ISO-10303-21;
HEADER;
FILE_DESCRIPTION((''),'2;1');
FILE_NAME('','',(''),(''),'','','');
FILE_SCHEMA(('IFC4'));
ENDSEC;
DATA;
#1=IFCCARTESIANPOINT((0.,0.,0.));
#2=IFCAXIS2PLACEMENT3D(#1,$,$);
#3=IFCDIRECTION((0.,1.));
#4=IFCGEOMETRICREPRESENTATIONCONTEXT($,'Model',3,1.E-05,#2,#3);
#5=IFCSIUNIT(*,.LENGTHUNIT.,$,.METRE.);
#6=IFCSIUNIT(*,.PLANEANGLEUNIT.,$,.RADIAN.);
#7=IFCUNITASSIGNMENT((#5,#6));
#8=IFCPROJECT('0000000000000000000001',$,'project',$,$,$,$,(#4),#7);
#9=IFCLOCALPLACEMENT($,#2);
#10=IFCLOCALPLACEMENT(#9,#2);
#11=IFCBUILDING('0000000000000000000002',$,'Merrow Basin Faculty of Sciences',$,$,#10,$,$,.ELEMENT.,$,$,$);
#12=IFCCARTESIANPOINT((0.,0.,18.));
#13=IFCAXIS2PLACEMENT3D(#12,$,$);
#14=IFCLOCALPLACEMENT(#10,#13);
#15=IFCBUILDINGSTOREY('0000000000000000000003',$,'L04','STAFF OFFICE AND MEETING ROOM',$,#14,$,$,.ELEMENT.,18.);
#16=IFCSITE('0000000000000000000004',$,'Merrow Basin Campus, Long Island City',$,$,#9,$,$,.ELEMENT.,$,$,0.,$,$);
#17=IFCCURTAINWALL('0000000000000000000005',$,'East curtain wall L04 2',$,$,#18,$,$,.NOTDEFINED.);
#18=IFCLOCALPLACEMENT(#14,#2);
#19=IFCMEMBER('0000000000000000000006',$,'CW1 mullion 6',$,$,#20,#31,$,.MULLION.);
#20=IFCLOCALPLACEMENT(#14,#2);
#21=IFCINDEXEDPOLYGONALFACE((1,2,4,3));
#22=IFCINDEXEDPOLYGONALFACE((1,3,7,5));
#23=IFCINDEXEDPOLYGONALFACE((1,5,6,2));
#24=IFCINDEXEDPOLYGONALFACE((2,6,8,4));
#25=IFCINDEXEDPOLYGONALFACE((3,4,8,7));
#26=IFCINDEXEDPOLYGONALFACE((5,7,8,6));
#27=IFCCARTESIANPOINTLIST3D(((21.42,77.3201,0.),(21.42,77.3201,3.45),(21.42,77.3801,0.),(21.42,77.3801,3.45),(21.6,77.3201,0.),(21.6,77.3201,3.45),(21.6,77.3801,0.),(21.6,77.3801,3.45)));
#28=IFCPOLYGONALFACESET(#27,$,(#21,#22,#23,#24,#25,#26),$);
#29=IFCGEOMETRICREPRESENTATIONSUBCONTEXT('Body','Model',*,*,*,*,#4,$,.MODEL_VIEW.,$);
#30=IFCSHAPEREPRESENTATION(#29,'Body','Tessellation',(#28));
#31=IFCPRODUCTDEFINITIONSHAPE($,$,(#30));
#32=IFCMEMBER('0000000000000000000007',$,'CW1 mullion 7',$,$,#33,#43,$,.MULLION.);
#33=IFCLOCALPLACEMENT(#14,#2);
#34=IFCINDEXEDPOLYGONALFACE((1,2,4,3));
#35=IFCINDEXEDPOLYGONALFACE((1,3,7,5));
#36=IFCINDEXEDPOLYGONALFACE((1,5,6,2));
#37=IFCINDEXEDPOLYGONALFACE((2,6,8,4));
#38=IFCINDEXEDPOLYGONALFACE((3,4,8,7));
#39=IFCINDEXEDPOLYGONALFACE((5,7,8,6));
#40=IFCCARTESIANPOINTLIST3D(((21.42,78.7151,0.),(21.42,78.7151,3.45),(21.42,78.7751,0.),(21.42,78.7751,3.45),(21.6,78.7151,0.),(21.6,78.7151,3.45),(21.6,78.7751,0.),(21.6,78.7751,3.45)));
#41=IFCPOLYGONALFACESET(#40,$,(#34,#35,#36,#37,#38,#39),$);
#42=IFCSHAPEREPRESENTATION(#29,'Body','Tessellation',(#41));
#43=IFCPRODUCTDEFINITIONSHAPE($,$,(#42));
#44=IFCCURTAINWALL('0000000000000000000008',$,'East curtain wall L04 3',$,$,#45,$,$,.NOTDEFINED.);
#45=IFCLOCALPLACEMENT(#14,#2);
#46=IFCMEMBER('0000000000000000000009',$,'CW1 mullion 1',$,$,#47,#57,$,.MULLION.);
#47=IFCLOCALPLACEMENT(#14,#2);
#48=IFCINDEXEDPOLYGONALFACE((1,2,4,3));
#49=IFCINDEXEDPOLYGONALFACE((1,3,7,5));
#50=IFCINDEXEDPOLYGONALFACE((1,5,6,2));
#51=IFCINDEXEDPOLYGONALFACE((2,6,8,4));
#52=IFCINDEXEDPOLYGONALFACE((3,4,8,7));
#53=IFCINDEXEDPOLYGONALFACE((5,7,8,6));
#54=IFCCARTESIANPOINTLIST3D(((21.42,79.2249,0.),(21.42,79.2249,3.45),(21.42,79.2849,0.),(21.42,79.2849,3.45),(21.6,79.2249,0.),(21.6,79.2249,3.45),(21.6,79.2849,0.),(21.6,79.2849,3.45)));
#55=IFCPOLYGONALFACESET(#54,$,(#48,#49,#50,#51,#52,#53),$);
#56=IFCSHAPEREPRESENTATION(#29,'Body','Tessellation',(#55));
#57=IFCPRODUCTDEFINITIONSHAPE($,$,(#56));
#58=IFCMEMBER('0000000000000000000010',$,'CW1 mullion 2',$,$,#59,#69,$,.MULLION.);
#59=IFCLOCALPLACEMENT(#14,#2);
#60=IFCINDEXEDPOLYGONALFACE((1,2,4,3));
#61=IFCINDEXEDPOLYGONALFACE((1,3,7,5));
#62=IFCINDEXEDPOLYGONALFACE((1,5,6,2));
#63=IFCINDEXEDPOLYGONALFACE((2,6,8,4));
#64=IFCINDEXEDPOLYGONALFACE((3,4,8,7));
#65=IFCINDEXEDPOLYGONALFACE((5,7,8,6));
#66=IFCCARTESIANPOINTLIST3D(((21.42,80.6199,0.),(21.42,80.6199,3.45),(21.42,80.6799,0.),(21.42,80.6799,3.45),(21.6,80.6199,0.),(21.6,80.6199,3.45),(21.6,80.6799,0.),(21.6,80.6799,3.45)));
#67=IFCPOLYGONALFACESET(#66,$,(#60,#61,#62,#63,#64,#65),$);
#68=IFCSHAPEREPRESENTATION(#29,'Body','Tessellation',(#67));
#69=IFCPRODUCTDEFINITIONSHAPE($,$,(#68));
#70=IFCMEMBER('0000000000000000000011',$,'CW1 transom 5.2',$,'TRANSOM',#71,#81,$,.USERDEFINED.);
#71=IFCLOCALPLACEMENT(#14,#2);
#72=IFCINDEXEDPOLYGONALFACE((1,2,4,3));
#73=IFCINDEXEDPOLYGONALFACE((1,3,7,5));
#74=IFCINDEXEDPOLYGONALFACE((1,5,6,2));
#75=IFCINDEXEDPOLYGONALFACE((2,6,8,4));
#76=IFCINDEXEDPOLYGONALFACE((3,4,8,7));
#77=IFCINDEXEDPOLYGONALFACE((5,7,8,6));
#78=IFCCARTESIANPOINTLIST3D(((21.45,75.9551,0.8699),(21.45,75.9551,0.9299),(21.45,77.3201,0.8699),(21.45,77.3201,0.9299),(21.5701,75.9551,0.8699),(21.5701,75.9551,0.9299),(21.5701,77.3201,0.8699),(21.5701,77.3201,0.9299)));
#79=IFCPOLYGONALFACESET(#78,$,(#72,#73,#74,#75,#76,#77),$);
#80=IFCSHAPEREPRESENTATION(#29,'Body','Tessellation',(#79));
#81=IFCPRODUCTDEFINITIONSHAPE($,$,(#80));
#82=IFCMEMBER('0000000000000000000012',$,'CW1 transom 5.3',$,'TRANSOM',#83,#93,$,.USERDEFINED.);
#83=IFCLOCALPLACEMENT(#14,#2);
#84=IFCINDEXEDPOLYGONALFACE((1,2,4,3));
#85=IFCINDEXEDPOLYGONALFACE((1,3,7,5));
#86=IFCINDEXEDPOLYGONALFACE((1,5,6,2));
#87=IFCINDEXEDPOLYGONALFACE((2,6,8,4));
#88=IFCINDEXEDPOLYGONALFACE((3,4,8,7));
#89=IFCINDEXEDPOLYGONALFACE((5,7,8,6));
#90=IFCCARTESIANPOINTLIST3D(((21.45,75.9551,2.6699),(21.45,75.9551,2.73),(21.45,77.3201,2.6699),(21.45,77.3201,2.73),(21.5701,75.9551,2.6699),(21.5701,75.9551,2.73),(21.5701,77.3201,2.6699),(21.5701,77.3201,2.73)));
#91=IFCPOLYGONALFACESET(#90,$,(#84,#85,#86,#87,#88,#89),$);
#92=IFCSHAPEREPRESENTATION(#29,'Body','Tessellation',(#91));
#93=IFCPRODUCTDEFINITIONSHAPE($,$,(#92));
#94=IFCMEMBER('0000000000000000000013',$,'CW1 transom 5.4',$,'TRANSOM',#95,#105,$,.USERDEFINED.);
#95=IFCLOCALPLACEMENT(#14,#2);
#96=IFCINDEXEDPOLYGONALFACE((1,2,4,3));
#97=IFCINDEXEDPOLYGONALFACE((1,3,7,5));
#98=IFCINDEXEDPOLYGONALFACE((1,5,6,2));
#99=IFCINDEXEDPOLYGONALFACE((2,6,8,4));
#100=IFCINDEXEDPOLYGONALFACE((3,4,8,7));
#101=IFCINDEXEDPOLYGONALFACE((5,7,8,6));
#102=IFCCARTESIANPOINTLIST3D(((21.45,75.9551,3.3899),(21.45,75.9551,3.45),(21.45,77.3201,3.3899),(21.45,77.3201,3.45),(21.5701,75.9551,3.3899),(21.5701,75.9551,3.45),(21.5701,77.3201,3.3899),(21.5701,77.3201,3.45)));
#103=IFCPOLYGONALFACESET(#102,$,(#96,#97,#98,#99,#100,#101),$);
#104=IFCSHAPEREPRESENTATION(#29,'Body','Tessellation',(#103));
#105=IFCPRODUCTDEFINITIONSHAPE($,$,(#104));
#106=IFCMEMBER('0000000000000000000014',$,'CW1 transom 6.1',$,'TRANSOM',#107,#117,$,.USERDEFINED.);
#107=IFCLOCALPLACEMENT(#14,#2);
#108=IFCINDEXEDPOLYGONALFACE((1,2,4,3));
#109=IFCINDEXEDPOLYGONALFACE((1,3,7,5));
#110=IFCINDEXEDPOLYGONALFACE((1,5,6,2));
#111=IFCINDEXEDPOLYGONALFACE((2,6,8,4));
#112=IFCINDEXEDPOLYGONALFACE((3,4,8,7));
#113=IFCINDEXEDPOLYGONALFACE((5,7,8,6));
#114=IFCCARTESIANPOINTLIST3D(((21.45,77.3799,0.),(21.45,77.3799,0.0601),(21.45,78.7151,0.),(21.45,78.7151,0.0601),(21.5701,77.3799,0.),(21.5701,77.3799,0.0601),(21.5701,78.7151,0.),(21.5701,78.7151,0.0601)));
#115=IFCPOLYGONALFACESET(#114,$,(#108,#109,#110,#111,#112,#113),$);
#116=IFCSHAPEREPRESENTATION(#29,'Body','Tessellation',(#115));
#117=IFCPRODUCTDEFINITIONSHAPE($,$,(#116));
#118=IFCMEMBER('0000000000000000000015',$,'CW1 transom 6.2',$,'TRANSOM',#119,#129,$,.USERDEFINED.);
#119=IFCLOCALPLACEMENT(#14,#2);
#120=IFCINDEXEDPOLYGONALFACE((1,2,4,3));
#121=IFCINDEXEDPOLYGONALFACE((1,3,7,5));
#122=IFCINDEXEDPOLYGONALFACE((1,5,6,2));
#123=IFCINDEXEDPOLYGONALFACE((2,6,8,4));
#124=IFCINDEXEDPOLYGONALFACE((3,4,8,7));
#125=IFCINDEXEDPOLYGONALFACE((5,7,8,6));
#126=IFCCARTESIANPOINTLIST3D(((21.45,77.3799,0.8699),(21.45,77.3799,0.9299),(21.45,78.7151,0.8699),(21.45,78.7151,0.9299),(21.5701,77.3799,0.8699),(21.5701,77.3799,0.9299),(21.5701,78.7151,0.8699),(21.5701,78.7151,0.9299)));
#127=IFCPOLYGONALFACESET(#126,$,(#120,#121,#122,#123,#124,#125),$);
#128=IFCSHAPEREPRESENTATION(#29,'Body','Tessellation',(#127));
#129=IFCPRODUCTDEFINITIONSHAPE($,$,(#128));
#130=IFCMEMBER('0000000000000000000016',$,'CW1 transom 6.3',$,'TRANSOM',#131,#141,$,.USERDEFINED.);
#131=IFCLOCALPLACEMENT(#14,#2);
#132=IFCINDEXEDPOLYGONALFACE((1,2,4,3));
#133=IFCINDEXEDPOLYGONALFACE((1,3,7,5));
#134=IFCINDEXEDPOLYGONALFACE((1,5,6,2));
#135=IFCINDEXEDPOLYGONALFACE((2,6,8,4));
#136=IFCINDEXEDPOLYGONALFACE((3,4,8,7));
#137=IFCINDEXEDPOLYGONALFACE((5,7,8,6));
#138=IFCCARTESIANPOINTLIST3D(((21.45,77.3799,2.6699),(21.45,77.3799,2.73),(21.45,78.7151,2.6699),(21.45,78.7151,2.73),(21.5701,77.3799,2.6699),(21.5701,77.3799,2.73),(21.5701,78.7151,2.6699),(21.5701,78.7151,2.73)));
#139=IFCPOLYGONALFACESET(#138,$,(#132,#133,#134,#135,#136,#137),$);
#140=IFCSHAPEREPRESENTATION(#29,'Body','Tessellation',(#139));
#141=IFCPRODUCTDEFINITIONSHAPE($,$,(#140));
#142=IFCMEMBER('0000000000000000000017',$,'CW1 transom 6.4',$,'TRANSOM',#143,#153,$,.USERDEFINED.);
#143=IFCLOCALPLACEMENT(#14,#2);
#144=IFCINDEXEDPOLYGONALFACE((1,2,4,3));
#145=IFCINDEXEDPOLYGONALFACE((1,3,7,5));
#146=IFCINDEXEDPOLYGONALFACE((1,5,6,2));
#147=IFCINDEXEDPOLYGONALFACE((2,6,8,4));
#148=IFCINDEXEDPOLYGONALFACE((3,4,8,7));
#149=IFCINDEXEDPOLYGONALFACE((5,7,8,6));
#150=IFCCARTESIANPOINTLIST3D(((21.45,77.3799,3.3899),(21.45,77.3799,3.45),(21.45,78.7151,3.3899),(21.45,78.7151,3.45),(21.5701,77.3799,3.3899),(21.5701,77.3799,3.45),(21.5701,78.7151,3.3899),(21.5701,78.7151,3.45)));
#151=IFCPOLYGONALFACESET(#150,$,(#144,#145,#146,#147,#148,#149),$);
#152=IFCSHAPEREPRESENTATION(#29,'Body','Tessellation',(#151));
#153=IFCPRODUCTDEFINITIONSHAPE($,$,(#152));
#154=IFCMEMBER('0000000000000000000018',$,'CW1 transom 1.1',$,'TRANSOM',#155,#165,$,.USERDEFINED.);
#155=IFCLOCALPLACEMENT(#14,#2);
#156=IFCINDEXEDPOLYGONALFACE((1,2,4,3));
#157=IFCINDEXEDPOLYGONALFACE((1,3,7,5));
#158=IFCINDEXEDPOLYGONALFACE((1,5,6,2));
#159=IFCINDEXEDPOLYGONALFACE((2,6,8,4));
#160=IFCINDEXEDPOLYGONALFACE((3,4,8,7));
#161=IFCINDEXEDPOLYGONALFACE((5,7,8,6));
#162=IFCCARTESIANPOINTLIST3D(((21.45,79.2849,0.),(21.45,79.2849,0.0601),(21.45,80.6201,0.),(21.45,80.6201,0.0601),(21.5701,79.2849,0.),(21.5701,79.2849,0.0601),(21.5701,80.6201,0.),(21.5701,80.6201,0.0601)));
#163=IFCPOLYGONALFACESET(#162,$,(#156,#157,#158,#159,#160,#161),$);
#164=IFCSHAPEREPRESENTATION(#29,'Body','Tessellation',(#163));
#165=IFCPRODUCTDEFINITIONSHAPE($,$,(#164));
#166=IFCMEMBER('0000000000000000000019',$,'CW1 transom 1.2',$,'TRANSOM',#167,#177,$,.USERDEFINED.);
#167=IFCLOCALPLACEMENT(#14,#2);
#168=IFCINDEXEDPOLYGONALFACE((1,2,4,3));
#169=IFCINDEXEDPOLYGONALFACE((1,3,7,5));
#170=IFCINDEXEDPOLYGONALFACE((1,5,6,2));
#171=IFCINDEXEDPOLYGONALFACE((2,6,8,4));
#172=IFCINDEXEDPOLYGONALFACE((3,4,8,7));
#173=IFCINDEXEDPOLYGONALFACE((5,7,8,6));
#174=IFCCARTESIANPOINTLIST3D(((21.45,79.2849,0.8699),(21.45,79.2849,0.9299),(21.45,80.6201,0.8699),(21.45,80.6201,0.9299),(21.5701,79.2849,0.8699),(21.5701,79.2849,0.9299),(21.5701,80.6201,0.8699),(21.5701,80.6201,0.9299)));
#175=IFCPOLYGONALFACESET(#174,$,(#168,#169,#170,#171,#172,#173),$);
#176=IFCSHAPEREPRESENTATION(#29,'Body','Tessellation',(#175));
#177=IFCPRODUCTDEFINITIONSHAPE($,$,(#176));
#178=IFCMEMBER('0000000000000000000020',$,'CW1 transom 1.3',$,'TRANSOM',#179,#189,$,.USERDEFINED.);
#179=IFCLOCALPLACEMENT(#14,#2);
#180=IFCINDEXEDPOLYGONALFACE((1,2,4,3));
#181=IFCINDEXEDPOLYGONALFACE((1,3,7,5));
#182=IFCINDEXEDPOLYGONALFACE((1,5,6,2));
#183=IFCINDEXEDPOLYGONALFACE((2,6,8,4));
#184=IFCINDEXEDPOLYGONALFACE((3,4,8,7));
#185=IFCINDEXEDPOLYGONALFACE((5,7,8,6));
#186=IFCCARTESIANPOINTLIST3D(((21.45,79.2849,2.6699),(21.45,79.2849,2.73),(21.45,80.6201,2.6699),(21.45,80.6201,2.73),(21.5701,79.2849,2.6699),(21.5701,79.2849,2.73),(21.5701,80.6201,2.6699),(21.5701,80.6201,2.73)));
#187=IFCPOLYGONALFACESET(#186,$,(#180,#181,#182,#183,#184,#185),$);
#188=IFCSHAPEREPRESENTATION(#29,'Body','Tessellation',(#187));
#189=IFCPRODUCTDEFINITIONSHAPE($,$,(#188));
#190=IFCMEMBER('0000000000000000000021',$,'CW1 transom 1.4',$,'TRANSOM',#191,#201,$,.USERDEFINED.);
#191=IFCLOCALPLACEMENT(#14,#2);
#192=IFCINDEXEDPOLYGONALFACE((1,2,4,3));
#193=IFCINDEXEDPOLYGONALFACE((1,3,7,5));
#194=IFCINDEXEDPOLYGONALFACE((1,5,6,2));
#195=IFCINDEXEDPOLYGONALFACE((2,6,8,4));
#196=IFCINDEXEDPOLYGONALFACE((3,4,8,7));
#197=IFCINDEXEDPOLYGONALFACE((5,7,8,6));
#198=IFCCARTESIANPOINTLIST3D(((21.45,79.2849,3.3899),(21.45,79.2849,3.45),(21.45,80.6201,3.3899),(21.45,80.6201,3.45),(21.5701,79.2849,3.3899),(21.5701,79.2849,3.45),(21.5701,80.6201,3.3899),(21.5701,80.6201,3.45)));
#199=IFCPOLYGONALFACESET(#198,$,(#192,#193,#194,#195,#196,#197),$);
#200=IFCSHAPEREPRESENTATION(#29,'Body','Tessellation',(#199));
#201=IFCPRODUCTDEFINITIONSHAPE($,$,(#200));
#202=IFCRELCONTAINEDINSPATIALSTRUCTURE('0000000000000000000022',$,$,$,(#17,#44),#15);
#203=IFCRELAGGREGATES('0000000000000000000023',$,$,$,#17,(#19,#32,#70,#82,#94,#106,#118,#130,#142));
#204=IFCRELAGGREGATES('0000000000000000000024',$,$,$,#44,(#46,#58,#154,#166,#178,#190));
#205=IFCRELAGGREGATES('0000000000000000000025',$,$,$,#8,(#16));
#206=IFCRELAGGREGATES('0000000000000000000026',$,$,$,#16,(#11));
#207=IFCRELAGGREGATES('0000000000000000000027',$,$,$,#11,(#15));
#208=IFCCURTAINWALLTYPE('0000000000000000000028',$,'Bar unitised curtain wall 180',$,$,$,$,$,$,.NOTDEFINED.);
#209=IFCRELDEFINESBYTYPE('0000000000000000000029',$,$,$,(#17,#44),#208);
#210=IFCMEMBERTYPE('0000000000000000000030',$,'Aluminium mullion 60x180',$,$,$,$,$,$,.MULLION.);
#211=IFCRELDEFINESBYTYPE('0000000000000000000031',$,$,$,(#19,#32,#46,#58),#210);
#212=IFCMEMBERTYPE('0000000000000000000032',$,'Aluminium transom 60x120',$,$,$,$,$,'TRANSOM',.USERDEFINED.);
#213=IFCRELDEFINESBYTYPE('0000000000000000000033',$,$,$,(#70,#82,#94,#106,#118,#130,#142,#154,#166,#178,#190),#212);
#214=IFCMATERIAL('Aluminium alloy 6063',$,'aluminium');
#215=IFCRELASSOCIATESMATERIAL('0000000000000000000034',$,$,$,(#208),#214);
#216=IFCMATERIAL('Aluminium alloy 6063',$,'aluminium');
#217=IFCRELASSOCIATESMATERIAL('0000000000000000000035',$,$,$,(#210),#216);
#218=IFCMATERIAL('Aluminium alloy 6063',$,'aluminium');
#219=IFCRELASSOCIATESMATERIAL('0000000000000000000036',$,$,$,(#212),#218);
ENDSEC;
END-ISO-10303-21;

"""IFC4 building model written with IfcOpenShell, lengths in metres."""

from ifc_helpers import new_model, si_unit, direction, frame, origin, origin_2d, place, context, subcontext, project, spatial, rectangle, extrude, material, material_profile, profile_set, type_object, element, aggregate, save


model = new_model("IFC4")

# Units and contexts
model_context = context("Model", 3, precision=1e-05, world=origin(), true_north=direction((0.0, 1.0)))
body_context = subcontext(model_context, "Body", "Model", "MODEL_VIEW")
ifc_project = project(units=[si_unit("LENGTHUNIT", "METRE"), si_unit("PLANEANGLEUNIT", "RADIAN")], contexts=[model_context])

# Site, building, storey
site_placement = place(None, origin())
site = spatial("IfcSite", under=ifc_project, at=site_placement, Name="Merrow Basin Campus, Long Island City", CompositionType="ELEMENT", RefElevation=0.0)
building_placement = place(site_placement, origin())
building = spatial("IfcBuilding", under=site, at=building_placement, Name="Merrow Basin Faculty of Sciences", CompositionType="ELEMENT")
storey_placement = place(building_placement, frame((0.0, 0.0, 18.0)))
storey = spatial("IfcBuildingStorey", under=building, at=storey_placement, Name="L04", Description="STAFF OFFICE AND MEETING ROOM", CompositionType="ELEMENT", Elevation=18.0)

# Curtain walls, members
ifc_material_1 = material(Name="Aluminium alloy 6063", Category="aluminium")
curtain_wall_type = type_object("IfcCurtainWallType", Name="Bar unitised curtain wall 180", PredefinedType="NOTDEFINED", material=ifc_material_1)
curtain_wall_1_placement = place(storey_placement, origin())
curtain_wall_1 = element("IfcCurtainWall", 1, at=curtain_wall_1_placement, inside=storey, type_object=curtain_wall_type, Name="East curtain wall L04 2", PredefinedType="NOTDEFINED")
ifc_material_2 = material(Name="Aluminium alloy 6063", Category="aluminium")
ifc_material_profile_1 = material_profile(ifc_material_2, rectangle(XDim=0.1799, YDim=0.0601, at=origin_2d()))
ifc_profile_set_1 = profile_set([ifc_material_profile_1], Name="Aluminium alloy 6063")
member_type_1 = type_object("IfcMemberType", Name="Aluminium mullion 60x180", PredefinedType="MULLION", material=ifc_profile_set_1)
member_1_placement = place(storey_placement, frame((21.51, 77.3501, 0.0), z_axis=(0.0, 0.0, 1.0), x_axis=(-1.0, 0.0, 0.0)))
member_1 = element("IfcMember", 2, at=member_1_placement, type_object=member_type_1, Name="CW1 mullion 6", PredefinedType="MULLION", context=body_context, shape_type="SweptSolid", body=[
    extrude(rectangle(XDim=0.1799, YDim=0.0601, at=origin_2d()), origin(), (0.0, 0.0, 1.0), 3.45),
])
member_2_placement = place(storey_placement, frame((21.51, 78.7451, 0.0), z_axis=(0.0, 0.0, 1.0), x_axis=(-1.0, 0.0, 0.0)))
member_2 = element("IfcMember", 3, at=member_2_placement, type_object=member_type_1, Name="CW1 mullion 7", PredefinedType="MULLION", context=body_context, shape_type="SweptSolid", body=[
    extrude(rectangle(XDim=0.1799, YDim=0.0601, at=origin_2d()), origin(), (0.0, 0.0, 1.0), 3.45),
])
curtain_wall_2_placement = place(storey_placement, origin())
curtain_wall_2 = element("IfcCurtainWall", 4, at=curtain_wall_2_placement, inside=storey, type_object=curtain_wall_type, Name="East curtain wall L04 3", PredefinedType="NOTDEFINED")
member_3_placement = place(storey_placement, frame((21.51, 79.2549, 0.0), z_axis=(0.0, 0.0, 1.0), x_axis=(-1.0, 0.0, 0.0)))
member_3 = element("IfcMember", 5, at=member_3_placement, type_object=member_type_1, Name="CW1 mullion 1", PredefinedType="MULLION", context=body_context, shape_type="SweptSolid", body=[
    extrude(rectangle(XDim=0.1799, YDim=0.0601, at=origin_2d()), origin(), (0.0, 0.0, 1.0), 3.45),
])
member_4_placement = place(storey_placement, frame((21.51, 80.6499, 0.0), z_axis=(0.0, 0.0, 1.0), x_axis=(-1.0, 0.0, 0.0)))
member_4 = element("IfcMember", 6, at=member_4_placement, type_object=member_type_1, Name="CW1 mullion 2", PredefinedType="MULLION", context=body_context, shape_type="SweptSolid", body=[
    extrude(rectangle(XDim=0.1799, YDim=0.0601, at=origin_2d()), origin(), (0.0, 0.0, 1.0), 3.45),
])

# Members
ifc_material_3 = material(Name="Aluminium alloy 6063", Category="aluminium")
ifc_material_profile_2 = material_profile(ifc_material_3, rectangle(XDim=0.1201, YDim=0.0601, at=origin_2d()))
ifc_profile_set_2 = profile_set([ifc_material_profile_2], Name="Aluminium alloy 6063")
member_type_2 = type_object("IfcMemberType", Name="Aluminium transom 60x120", ElementType="TRANSOM", PredefinedType="USERDEFINED", material=ifc_profile_set_2)
member_5_placement = place(storey_placement, frame((21.51, 75.9551, 0.8999), z_axis=(0.0, 1.0, 0.0), x_axis=(-1.0, 0.0, 0.0)))
member_5 = element("IfcMember", 7, at=member_5_placement, type_object=member_type_2, Name="CW1 transom 5.2", ObjectType="TRANSOM", PredefinedType="USERDEFINED", context=body_context, shape_type="SweptSolid", body=[
    extrude(rectangle(XDim=0.1201, YDim=0.0601, at=origin_2d()), origin(), (0.0, 0.0, 1.0), 1.365),
])
member_6_placement = place(storey_placement, frame((21.51, 75.9551, 2.7), z_axis=(0.0, 1.0, 0.0), x_axis=(-1.0, 0.0, 0.0)))
member_6 = element("IfcMember", 8, at=member_6_placement, type_object=member_type_2, Name="CW1 transom 5.3", ObjectType="TRANSOM", PredefinedType="USERDEFINED", context=body_context, shape_type="SweptSolid", body=[
    extrude(rectangle(XDim=0.1201, YDim=0.0601, at=origin_2d()), origin(), (0.0, 0.0, 1.0), 1.365),
])
member_7_placement = place(storey_placement, frame((21.51, 75.9551, 3.4199), z_axis=(0.0, 1.0, 0.0), x_axis=(-1.0, 0.0, 0.0)))
member_7 = element("IfcMember", 9, at=member_7_placement, type_object=member_type_2, Name="CW1 transom 5.4", ObjectType="TRANSOM", PredefinedType="USERDEFINED", context=body_context, shape_type="SweptSolid", body=[
    extrude(rectangle(XDim=0.1201, YDim=0.0601, at=origin_2d()), origin(), (0.0, 0.0, 1.0), 1.365),
])
member_8_placement = place(storey_placement, frame((21.51, 77.3799, 0.03), z_axis=(0.0, 1.0, 0.0), x_axis=(-1.0, 0.0, 0.0)))
member_8 = element("IfcMember", 10, at=member_8_placement, type_object=member_type_2, Name="CW1 transom 6.1", ObjectType="TRANSOM", PredefinedType="USERDEFINED", context=body_context, shape_type="SweptSolid", body=[
    extrude(rectangle(XDim=0.1201, YDim=0.0601, at=origin_2d()), origin(), (0.0, 0.0, 1.0), 1.3352),
])
member_9_placement = place(storey_placement, frame((21.51, 77.3799, 0.8999), z_axis=(0.0, 1.0, 0.0), x_axis=(-1.0, 0.0, 0.0)))
member_9 = element("IfcMember", 11, at=member_9_placement, type_object=member_type_2, Name="CW1 transom 6.2", ObjectType="TRANSOM", PredefinedType="USERDEFINED", context=body_context, shape_type="SweptSolid", body=[
    extrude(rectangle(XDim=0.1201, YDim=0.0601, at=origin_2d()), origin(), (0.0, 0.0, 1.0), 1.3352),
])
member_10_placement = place(storey_placement, frame((21.51, 77.3799, 2.7), z_axis=(0.0, 1.0, 0.0), x_axis=(-1.0, 0.0, 0.0)))
member_10 = element("IfcMember", 12, at=member_10_placement, type_object=member_type_2, Name="CW1 transom 6.3", ObjectType="TRANSOM", PredefinedType="USERDEFINED", context=body_context, shape_type="SweptSolid", body=[
    extrude(rectangle(XDim=0.1201, YDim=0.0601, at=origin_2d()), origin(), (0.0, 0.0, 1.0), 1.3352),
])
member_11_placement = place(storey_placement, frame((21.51, 77.3799, 3.4199), z_axis=(0.0, 1.0, 0.0), x_axis=(-1.0, 0.0, 0.0)))
member_11 = element("IfcMember", 13, at=member_11_placement, type_object=member_type_2, Name="CW1 transom 6.4", ObjectType="TRANSOM", PredefinedType="USERDEFINED", context=body_context, shape_type="SweptSolid", body=[
    extrude(rectangle(XDim=0.1201, YDim=0.0601, at=origin_2d()), origin(), (0.0, 0.0, 1.0), 1.3352),
])
member_12_placement = place(storey_placement, frame((21.51, 79.2849, 0.03), z_axis=(0.0, 1.0, 0.0), x_axis=(-1.0, 0.0, 0.0)))
member_12 = element("IfcMember", 14, at=member_12_placement, type_object=member_type_2, Name="CW1 transom 1.1", ObjectType="TRANSOM", PredefinedType="USERDEFINED", context=body_context, shape_type="SweptSolid", body=[
    extrude(rectangle(XDim=0.1201, YDim=0.0601, at=origin_2d()), origin(), (0.0, 0.0, 1.0), 1.3352),
])
member_13_placement = place(storey_placement, frame((21.51, 79.2849, 0.8999), z_axis=(0.0, 1.0, 0.0), x_axis=(-1.0, 0.0, 0.0)))
member_13 = element("IfcMember", 15, at=member_13_placement, type_object=member_type_2, Name="CW1 transom 1.2", ObjectType="TRANSOM", PredefinedType="USERDEFINED", context=body_context, shape_type="SweptSolid", body=[
    extrude(rectangle(XDim=0.1201, YDim=0.0601, at=origin_2d()), origin(), (0.0, 0.0, 1.0), 1.3352),
])
member_14_placement = place(storey_placement, frame((21.51, 79.2849, 2.7), z_axis=(0.0, 1.0, 0.0), x_axis=(-1.0, 0.0, 0.0)))
member_14 = element("IfcMember", 16, at=member_14_placement, type_object=member_type_2, Name="CW1 transom 1.3", ObjectType="TRANSOM", PredefinedType="USERDEFINED", context=body_context, shape_type="SweptSolid", body=[
    extrude(rectangle(XDim=0.1201, YDim=0.0601, at=origin_2d()), origin(), (0.0, 0.0, 1.0), 1.3352),
])
member_15_placement = place(storey_placement, frame((21.51, 79.2849, 3.4199), z_axis=(0.0, 1.0, 0.0), x_axis=(-1.0, 0.0, 0.0)))
member_15 = element("IfcMember", 17, at=member_15_placement, type_object=member_type_2, Name="CW1 transom 1.4", ObjectType="TRANSOM", PredefinedType="USERDEFINED", context=body_context, shape_type="SweptSolid", body=[
    extrude(rectangle(XDim=0.1201, YDim=0.0601, at=origin_2d()), origin(), (0.0, 0.0, 1.0), 1.3352),
])

aggregate(curtain_wall_1, [member_1, member_2, member_5, member_6, member_7, member_8, member_9, member_10, member_11])
aggregate(curtain_wall_2, [member_3, member_4, member_12, member_13, member_14, member_15])

save(model, "model.ifc")
